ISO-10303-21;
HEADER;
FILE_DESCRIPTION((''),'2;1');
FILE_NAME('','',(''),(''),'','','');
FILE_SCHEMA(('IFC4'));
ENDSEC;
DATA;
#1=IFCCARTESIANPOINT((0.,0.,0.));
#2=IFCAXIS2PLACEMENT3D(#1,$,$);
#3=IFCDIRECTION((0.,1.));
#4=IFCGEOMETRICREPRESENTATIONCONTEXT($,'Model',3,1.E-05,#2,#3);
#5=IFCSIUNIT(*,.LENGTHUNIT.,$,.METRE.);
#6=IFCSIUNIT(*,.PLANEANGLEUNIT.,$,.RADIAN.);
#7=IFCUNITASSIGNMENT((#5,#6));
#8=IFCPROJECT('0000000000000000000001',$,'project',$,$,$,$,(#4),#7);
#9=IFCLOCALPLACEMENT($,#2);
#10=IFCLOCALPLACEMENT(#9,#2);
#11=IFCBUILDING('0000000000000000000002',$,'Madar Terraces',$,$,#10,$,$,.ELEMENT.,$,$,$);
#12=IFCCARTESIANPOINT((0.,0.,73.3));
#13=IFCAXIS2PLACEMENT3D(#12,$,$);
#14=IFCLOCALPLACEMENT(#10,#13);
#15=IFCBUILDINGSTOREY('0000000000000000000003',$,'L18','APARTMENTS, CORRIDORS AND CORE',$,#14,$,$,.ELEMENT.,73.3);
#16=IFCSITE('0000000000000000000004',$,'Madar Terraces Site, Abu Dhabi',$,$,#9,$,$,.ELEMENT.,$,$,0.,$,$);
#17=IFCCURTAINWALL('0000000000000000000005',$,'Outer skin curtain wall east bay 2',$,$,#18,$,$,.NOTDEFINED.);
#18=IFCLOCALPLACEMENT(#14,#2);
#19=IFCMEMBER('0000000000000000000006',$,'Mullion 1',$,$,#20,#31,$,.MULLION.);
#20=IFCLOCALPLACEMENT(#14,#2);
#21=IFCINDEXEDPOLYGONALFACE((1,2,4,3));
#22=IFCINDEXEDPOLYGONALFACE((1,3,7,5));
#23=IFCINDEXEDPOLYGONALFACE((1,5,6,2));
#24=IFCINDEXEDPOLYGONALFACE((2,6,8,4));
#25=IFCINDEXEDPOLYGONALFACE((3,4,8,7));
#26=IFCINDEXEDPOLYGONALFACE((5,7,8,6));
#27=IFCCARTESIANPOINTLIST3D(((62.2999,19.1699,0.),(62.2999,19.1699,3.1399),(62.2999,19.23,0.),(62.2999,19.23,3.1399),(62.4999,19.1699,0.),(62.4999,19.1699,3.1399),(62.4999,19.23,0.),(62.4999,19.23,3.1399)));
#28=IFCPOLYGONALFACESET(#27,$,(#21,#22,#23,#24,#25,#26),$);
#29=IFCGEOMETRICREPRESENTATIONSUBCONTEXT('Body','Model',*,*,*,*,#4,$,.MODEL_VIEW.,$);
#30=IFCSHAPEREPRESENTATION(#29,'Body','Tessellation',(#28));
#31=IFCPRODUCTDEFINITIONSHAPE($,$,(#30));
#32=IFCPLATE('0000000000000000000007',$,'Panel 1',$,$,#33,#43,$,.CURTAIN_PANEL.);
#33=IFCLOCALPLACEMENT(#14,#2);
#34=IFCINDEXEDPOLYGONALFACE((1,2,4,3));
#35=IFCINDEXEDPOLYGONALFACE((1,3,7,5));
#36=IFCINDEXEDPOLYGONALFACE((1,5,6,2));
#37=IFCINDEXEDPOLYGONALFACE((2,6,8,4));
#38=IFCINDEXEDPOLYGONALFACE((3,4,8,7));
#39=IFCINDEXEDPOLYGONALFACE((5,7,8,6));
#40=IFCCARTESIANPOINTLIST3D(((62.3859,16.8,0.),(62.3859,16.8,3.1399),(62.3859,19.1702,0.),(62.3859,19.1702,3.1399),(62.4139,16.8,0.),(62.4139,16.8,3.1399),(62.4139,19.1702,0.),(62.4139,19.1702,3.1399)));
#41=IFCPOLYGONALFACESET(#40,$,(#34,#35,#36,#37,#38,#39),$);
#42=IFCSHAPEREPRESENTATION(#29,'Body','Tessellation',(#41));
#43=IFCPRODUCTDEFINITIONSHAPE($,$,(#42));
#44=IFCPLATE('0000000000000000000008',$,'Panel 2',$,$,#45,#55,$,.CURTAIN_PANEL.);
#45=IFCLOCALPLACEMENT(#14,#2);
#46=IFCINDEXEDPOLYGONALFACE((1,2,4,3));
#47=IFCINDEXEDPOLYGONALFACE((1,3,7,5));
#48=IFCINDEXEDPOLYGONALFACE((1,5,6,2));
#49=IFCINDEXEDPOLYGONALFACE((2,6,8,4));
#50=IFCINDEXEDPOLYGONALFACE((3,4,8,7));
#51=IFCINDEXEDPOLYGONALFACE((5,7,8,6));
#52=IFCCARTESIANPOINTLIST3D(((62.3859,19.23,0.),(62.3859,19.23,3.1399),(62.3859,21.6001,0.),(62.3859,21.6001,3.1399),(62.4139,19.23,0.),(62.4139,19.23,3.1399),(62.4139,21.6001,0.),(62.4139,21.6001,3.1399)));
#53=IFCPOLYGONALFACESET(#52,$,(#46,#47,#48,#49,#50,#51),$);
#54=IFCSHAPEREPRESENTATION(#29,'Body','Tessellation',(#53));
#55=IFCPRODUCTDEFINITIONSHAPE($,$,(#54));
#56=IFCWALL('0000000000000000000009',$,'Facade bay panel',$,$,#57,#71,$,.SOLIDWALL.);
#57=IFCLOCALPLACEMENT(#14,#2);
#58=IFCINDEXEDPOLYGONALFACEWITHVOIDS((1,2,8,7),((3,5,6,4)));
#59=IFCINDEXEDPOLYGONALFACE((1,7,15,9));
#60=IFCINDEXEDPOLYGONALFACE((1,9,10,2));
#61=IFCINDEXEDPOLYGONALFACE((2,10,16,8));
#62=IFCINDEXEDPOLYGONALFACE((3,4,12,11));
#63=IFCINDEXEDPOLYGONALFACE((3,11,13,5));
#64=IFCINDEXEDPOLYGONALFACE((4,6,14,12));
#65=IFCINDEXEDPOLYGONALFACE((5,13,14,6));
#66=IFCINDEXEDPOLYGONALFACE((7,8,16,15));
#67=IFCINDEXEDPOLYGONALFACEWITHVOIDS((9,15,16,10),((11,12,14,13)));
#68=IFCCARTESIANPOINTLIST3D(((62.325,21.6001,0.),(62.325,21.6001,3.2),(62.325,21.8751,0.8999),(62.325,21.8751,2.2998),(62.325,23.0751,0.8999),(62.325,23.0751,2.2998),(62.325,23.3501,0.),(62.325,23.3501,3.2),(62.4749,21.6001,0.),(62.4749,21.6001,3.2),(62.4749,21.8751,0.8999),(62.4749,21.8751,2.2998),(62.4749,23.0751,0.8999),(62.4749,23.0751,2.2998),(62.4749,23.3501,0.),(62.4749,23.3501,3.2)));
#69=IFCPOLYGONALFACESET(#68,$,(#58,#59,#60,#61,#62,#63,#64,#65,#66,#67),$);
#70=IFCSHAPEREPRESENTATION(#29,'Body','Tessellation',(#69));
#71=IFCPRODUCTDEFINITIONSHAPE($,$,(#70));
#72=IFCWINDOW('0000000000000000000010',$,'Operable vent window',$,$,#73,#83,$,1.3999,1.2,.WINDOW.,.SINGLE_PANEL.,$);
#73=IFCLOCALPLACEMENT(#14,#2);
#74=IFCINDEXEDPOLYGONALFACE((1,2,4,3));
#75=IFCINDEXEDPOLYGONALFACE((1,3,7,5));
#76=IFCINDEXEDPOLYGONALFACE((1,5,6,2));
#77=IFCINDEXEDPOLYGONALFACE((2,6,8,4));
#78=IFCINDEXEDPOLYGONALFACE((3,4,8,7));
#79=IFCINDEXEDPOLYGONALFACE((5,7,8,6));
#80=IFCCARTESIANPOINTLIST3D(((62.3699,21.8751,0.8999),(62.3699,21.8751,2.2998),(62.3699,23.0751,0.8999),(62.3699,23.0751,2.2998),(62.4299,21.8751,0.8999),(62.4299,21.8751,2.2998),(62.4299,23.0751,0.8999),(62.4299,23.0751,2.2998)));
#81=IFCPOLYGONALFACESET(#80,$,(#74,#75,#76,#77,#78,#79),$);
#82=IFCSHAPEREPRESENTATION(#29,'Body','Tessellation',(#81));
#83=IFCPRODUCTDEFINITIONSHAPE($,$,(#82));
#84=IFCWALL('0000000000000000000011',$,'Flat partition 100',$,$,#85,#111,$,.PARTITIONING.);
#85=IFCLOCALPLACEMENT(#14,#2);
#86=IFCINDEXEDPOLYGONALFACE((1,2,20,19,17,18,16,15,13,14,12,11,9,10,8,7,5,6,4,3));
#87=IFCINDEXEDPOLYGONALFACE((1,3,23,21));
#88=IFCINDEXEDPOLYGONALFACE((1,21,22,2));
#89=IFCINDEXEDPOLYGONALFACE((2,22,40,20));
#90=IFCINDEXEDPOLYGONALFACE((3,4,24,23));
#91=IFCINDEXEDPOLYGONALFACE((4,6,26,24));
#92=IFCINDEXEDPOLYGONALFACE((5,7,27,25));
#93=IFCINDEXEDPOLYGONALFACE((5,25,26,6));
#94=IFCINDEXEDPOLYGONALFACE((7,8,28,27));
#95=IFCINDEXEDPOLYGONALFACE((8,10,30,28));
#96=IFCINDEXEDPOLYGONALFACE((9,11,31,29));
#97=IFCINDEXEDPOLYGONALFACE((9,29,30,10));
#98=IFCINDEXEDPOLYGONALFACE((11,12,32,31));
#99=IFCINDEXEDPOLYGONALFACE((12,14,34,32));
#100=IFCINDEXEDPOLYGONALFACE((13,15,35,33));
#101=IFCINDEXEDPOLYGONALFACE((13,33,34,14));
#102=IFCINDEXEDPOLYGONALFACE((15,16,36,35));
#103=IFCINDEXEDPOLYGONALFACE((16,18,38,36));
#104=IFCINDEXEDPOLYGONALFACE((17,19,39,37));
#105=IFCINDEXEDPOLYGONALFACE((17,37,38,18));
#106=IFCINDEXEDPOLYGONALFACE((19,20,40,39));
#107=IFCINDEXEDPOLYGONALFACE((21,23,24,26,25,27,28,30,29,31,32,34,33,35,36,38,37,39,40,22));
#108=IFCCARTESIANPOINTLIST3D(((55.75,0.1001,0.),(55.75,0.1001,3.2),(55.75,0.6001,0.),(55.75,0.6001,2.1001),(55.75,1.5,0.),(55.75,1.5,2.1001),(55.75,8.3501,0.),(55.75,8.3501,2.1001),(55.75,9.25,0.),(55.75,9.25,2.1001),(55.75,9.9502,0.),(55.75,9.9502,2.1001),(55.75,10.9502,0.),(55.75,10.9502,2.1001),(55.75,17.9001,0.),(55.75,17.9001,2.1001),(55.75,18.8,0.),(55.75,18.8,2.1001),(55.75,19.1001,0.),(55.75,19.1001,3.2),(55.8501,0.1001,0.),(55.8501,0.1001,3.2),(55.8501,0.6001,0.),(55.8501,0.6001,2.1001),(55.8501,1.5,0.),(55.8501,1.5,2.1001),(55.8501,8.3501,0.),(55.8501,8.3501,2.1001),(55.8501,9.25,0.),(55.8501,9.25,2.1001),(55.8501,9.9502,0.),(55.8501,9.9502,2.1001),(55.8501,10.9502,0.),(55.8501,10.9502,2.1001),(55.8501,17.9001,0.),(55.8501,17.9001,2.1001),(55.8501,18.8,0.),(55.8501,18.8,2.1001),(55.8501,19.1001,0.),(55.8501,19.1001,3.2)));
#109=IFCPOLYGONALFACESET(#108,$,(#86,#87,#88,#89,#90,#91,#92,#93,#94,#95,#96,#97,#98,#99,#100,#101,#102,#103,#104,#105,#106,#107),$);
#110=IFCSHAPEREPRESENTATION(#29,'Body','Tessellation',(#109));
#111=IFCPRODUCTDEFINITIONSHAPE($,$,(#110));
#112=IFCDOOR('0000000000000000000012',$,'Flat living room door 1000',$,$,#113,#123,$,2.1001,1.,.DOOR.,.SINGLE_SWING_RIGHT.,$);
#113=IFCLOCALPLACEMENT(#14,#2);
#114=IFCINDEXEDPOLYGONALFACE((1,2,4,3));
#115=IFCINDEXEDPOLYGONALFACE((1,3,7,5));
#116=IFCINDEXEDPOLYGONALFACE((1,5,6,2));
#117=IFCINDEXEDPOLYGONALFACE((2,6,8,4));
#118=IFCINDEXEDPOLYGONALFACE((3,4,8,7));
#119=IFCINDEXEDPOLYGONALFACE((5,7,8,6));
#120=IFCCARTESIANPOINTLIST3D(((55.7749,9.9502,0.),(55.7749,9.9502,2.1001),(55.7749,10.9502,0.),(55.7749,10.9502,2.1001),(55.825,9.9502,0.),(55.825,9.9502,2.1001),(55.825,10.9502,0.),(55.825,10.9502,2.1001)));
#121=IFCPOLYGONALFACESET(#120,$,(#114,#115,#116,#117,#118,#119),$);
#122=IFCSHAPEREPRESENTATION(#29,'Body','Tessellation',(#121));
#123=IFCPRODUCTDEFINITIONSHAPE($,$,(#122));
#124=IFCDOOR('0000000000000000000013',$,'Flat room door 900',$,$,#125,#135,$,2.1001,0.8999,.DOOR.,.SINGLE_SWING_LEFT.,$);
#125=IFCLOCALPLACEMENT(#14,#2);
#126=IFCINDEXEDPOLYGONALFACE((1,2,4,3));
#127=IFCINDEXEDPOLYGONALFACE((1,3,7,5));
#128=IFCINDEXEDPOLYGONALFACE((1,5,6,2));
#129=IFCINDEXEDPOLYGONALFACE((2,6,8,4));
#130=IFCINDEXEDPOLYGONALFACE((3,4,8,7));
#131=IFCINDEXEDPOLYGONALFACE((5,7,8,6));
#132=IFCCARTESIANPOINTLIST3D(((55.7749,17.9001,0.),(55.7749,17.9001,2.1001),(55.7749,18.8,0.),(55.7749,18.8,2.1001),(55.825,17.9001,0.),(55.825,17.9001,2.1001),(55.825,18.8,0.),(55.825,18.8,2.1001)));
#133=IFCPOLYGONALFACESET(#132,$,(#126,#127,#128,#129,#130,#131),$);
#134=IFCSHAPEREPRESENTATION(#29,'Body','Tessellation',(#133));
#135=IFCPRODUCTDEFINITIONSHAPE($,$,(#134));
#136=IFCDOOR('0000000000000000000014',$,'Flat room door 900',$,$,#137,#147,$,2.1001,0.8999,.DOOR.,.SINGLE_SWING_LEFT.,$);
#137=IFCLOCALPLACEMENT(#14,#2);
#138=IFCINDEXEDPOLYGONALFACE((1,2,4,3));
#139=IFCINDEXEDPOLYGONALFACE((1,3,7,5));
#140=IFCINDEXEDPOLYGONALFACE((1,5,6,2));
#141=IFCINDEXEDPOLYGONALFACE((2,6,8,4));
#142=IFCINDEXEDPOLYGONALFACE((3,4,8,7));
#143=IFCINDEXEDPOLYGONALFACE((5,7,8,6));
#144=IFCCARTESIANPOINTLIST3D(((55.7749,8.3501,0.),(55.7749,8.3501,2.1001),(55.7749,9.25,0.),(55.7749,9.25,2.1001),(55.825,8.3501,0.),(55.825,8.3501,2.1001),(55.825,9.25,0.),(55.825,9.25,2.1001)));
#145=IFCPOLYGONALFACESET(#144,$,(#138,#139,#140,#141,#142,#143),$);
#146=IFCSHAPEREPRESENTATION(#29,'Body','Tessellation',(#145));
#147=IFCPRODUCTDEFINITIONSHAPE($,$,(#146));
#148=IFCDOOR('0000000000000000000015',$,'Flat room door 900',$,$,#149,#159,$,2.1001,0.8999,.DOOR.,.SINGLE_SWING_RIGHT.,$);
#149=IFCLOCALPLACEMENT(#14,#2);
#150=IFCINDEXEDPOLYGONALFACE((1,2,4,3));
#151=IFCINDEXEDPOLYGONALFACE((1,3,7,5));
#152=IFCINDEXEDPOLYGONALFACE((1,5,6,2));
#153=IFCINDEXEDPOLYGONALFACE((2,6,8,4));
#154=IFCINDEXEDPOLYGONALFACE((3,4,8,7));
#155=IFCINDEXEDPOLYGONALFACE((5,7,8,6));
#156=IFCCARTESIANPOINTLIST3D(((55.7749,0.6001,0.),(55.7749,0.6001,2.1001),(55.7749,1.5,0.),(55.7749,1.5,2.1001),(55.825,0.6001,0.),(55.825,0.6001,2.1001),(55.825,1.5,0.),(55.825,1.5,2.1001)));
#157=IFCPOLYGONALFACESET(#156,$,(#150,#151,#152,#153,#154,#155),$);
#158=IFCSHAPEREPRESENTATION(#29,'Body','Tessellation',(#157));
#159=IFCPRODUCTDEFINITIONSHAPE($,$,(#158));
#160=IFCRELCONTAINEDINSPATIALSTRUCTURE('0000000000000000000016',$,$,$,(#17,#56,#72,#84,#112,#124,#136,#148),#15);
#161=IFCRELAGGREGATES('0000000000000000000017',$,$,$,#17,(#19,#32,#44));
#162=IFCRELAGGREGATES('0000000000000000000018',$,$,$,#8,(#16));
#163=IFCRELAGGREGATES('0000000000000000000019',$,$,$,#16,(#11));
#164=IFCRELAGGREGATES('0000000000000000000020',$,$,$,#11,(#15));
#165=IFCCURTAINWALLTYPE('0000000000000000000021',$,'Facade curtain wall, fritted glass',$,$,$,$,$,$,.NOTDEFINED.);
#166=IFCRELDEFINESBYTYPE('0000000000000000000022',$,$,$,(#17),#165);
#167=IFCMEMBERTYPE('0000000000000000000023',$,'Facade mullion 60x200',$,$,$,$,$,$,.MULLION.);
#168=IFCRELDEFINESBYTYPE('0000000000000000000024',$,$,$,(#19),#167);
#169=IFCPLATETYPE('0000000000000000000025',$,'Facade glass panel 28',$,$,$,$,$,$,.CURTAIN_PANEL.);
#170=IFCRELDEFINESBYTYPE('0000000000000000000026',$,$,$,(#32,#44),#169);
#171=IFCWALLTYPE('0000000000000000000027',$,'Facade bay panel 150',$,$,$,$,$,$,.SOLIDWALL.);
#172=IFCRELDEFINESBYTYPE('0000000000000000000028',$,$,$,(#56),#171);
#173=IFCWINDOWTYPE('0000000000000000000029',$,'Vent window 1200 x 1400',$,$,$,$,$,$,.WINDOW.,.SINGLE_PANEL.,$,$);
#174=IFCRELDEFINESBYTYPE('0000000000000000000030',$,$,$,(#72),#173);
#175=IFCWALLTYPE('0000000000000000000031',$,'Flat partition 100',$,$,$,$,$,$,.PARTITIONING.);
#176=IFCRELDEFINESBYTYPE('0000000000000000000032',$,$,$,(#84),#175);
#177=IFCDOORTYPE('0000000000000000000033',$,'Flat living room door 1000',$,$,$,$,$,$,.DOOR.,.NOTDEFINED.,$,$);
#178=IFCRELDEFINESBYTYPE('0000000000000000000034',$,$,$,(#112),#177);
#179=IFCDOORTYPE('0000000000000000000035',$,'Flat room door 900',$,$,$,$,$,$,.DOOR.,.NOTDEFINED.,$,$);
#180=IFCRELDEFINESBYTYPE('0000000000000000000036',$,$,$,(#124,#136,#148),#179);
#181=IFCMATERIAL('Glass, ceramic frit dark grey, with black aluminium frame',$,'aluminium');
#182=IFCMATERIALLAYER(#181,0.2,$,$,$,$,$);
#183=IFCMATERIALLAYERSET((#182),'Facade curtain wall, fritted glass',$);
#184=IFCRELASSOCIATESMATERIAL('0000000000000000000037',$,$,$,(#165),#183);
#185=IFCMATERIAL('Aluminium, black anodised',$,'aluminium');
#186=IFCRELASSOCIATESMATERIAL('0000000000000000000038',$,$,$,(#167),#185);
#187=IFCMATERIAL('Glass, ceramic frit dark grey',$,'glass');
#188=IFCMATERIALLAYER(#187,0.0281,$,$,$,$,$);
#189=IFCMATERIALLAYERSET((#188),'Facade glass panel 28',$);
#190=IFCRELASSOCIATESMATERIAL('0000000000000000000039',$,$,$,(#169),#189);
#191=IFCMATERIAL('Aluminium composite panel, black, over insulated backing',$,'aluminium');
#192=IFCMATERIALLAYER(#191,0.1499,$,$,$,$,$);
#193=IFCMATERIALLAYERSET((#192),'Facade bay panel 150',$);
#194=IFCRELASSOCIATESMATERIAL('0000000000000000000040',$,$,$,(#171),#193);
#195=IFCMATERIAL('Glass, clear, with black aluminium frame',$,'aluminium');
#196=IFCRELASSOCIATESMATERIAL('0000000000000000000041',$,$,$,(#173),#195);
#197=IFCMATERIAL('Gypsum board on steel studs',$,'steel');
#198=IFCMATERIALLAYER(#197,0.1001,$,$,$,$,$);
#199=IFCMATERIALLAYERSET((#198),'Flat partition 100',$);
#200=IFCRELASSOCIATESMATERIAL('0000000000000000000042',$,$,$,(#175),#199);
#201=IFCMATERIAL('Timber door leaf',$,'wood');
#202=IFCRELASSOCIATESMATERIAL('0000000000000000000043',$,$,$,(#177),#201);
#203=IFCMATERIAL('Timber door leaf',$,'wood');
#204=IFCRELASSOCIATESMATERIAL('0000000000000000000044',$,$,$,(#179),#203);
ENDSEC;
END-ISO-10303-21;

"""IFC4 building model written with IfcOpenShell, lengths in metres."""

from ifc_helpers import new_model, si_unit, direction, frame, frame_2d, origin, origin_2d, place, context, subcontext, project, spatial, rectangle, extrude, material, layer, layer_set, material_profile, profile_set, type_object, element, fill, aggregate, save


model = new_model("IFC4")

# Units and contexts
model_context = context("Model", 3, precision=1e-05, world=origin(), true_north=direction((0.0, 1.0)))
body_context = subcontext(model_context, "Body", "Model", "MODEL_VIEW")
ifc_project = project(units=[si_unit("LENGTHUNIT", "METRE"), si_unit("PLANEANGLEUNIT", "RADIAN")], contexts=[model_context])

# Site, building, storey
site_placement = place(None, origin())
site = spatial("IfcSite", under=ifc_project, at=site_placement, Name="Madar Terraces Site, Abu Dhabi", CompositionType="ELEMENT", RefElevation=0.0)
building_placement = place(site_placement, origin())
building = spatial("IfcBuilding", under=site, at=building_placement, Name="Madar Terraces", CompositionType="ELEMENT")
storey_placement = place(building_placement, frame((0.0, 0.0, 73.3)))
storey = spatial("IfcBuildingStorey", under=building, at=storey_placement, Name="L18", Description="APARTMENTS, CORRIDORS AND CORE", CompositionType="ELEMENT", Elevation=73.3)

# Curtain wall, member, plates
ifc_material_1 = material(Name="Glass, ceramic frit dark grey, with black aluminium frame", Category="aluminium")
ifc_layer_1 = layer(ifc_material_1, 0.2)
ifc_layer_set_1 = layer_set([ifc_layer_1], Name="Facade curtain wall, fritted glass")
curtain_wall_type = type_object("IfcCurtainWallType", Name="Facade curtain wall, fritted glass", PredefinedType="NOTDEFINED", material=ifc_layer_set_1)
curtain_wall_placement = place(storey_placement, origin())
curtain_wall = element("IfcCurtainWall", 1, at=curtain_wall_placement, inside=storey, type_object=curtain_wall_type, Name="Outer skin curtain wall east bay 2", PredefinedType="NOTDEFINED")
ifc_material_2 = material(Name="Aluminium, black anodised", Category="aluminium")
ifc_material_profile = material_profile(ifc_material_2, rectangle(XDim=0.2, YDim=0.0601, at=origin_2d()), Name="Facade mullion 60x200")
ifc_profile_set = profile_set([ifc_material_profile], Name="Aluminium, black anodised")
member_type = type_object("IfcMemberType", Name="Facade mullion 60x200", PredefinedType="MULLION", material=ifc_profile_set)
member_placement = place(storey_placement, frame((62.3999, 19.2, 0.0), z_axis=(0.0, 0.0, 1.0), x_axis=(-1.0, 0.0, 0.0)))
member = element("IfcMember", 2, at=member_placement, type_object=member_type, Name="Mullion 1", PredefinedType="MULLION", context=body_context, shape_type="SweptSolid", body=[
    extrude(rectangle(XDim=0.2, YDim=0.0601, at=origin_2d()), origin(), (0.0, 0.0, 1.0), 3.1399),
])
ifc_material_3 = material(Name="Glass, ceramic frit dark grey", Category="glass")
ifc_layer_2 = layer(ifc_material_3, 0.0281)
ifc_layer_set_2 = layer_set([ifc_layer_2], Name="Facade glass panel 28")
plate_type = type_object("IfcPlateType", Name="Facade glass panel 28", PredefinedType="CURTAIN_PANEL", material=ifc_layer_set_2)
plate_1_placement = place(storey_placement, frame((62.3999, 17.9851, 0.0), z_axis=(0.0, 0.0, 1.0), x_axis=(0.0, 1.0, 0.0)))
plate_1 = element("IfcPlate", 3, at=plate_1_placement, type_object=plate_type, Name="Panel 1", PredefinedType="CURTAIN_PANEL", context=body_context, shape_type="SweptSolid", body=[
    extrude(rectangle(XDim=2.3701, YDim=0.0281, at=origin_2d()), origin(), (0.0, 0.0, 1.0), 3.1399),
])
plate_2_placement = place(storey_placement, frame((62.3999, 20.415, 0.0), z_axis=(0.0, 0.0, 1.0), x_axis=(0.0, 1.0, 0.0)))
plate_2 = element("IfcPlate", 4, at=plate_2_placement, type_object=plate_type, Name="Panel 2", PredefinedType="CURTAIN_PANEL", context=body_context, shape_type="SweptSolid", body=[
    extrude(rectangle(XDim=2.3701, YDim=0.0281, at=origin_2d()), origin(), (0.0, 0.0, 1.0), 3.1399),
])
aggregate(curtain_wall, [member, plate_1, plate_2])

# Wall, opening, window
ifc_material_4 = material(Name="Aluminium composite panel, black, over insulated backing", Category="aluminium")
ifc_layer_3 = layer(ifc_material_4, 0.1499)
ifc_layer_set_3 = layer_set([ifc_layer_3], Name="Facade bay panel 150")
wall_type_1 = type_object("IfcWallType", Name="Facade bay panel 150", PredefinedType="SOLIDWALL", material=ifc_layer_set_3)
wall_1_placement = place(storey_placement, frame((62.3999, 21.6001, 0.0), z_axis=(0.0, 0.0, 1.0), x_axis=(0.0, 1.0, 0.0)))
wall_1 = element("IfcWall", 5, at=wall_1_placement, inside=storey, type_object=wall_type_1, Name="Facade bay panel", PredefinedType="SOLIDWALL", context=body_context, shape_type="SweptSolid", body=[
    extrude(rectangle(XDim=1.75, YDim=0.1499, at=frame_2d((0.875, 0.0))), origin(), (0.0, 0.0, 1.0), 3.2),
])
opening_1_placement = place(wall_1_placement, frame((0.2749, 0.0, 0.8999)))
opening_1 = element("IfcOpeningElement", 6, at=opening_1_placement, cuts=wall_1, PredefinedType="OPENING", context=body_context, shape_type="SweptSolid", body=[
    extrude(rectangle(XDim=1.2, YDim=1.3999, at=frame_2d((0.6001, 0.7))), frame((0.0, 0.085, 0.0), z_axis=(0.0, -1.0, 0.0), x_axis=(1.0, 0.0, 0.0)), (0.0, 0.0, 1.0), 0.1699),
])
ifc_material_5 = material(Name="Glass, clear, with black aluminium frame", Category="aluminium")
window_type = type_object("IfcWindowType", Name="Vent window 1200 x 1400", PartitioningType="SINGLE_PANEL", PredefinedType="WINDOW", material=ifc_material_5)
window_placement = place(opening_1_placement, origin())
window = element("IfcWindow", 7, at=window_placement, inside=storey, type_object=window_type, Name="Operable vent window", OverallHeight=1.3999, OverallWidth=1.2, PartitioningType="SINGLE_PANEL", PredefinedType="WINDOW", context=body_context, shape_type="SweptSolid", body=[
    extrude(rectangle(XDim=1.2, YDim=1.3999, at=frame_2d((0.6001, 0.7))), frame((0.0, 0.03, 0.0), z_axis=(0.0, -1.0, 0.0), x_axis=(1.0, 0.0, 0.0)), (0.0, 0.0, 1.0), 0.0601),
])
fill(opening_1, window)

# Wall, openings, doors
ifc_material_6 = material(Name="Gypsum board on steel studs", Category="steel")
ifc_layer_4 = layer(ifc_material_6, 0.1001)
ifc_layer_set_4 = layer_set([ifc_layer_4], Name="Flat partition 100")
wall_type_2 = type_object("IfcWallType", Name="Flat partition 100", PredefinedType="PARTITIONING", material=ifc_layer_set_4)
wall_2_placement = place(storey_placement, frame((55.8, 19.1001, 0.0), z_axis=(0.0, 0.0, 1.0), x_axis=(0.0, -1.0, 0.0)))
wall_2 = element("IfcWall", 8, at=wall_2_placement, inside=storey, type_object=wall_type_2, Name="Flat partition 100", PredefinedType="PARTITIONING", context=body_context, shape_type="SweptSolid", body=[
    extrude(rectangle(XDim=19.0, YDim=0.1001, at=frame_2d((9.5, 0.0))), origin(), (0.0, 0.0, 1.0), 3.2),
])
opening_2_placement = place(wall_2_placement, frame((0.3, 0.0, 0.0)))
opening_2 = element("IfcOpeningElement", 9, at=opening_2_placement, cuts=wall_2, PredefinedType="OPENING", context=body_context, shape_type="SweptSolid", body=[
    extrude(rectangle(XDim=0.8999, YDim=2.1001, at=frame_2d((0.45, 1.05))), frame((0.0, 0.0601, 0.0), z_axis=(0.0, -1.0, 0.0), x_axis=(1.0, 0.0, 0.0)), (0.0, 0.0, 1.0), 0.1201),
])
opening_3_placement = place(wall_2_placement, frame((8.1499, 0.0, 0.0)))
opening_3 = element("IfcOpeningElement", 10, at=opening_3_placement, cuts=wall_2, PredefinedType="OPENING", context=body_context, shape_type="SweptSolid", body=[
    extrude(rectangle(XDim=1.0, YDim=2.1001, at=frame_2d((0.5, 1.05))), frame((0.0, 0.0601, 0.0), z_axis=(0.0, -1.0, 0.0), x_axis=(1.0, 0.0, 0.0)), (0.0, 0.0, 1.0), 0.1201),
])
opening_4_placement = place(wall_2_placement, frame((9.8501, 0.0, 0.0)))
opening_4 = element("IfcOpeningElement", 11, at=opening_4_placement, cuts=wall_2, PredefinedType="OPENING", context=body_context, shape_type="SweptSolid", body=[
    extrude(rectangle(XDim=0.8999, YDim=2.1001, at=frame_2d((0.45, 1.05))), frame((0.0, 0.0601, 0.0), z_axis=(0.0, -1.0, 0.0), x_axis=(1.0, 0.0, 0.0)), (0.0, 0.0, 1.0), 0.1201),
])
opening_5_placement = place(wall_2_placement, frame((17.6001, 0.0, 0.0)))
opening_5 = element("IfcOpeningElement", 12, at=opening_5_placement, cuts=wall_2, PredefinedType="OPENING", context=body_context, shape_type="SweptSolid", body=[
    extrude(rectangle(XDim=0.8999, YDim=2.1001, at=frame_2d((0.45, 1.05))), frame((0.0, 0.0601, 0.0), z_axis=(0.0, -1.0, 0.0), x_axis=(1.0, 0.0, 0.0)), (0.0, 0.0, 1.0), 0.1201),
])
ifc_material_7 = material(Name="Timber door leaf", Category="wood")
door_type_1 = type_object("IfcDoorType", Name="Flat living room door 1000", OperationType="NOTDEFINED", PredefinedType="DOOR", material=ifc_material_7)
door_1_placement = place(opening_3_placement, origin())
door_1 = element("IfcDoor", 13, at=door_1_placement, inside=storey, type_object=door_type_1, Name="Flat living room door 1000", OperationType="SINGLE_SWING_RIGHT", OverallHeight=2.1001, OverallWidth=1.0, PredefinedType="DOOR", context=body_context, shape_type="SweptSolid", body=[
    extrude(rectangle(XDim=1.0, YDim=2.1001, at=frame_2d((0.5, 1.05))), frame((0.0, 0.0249, 0.0), z_axis=(0.0, -1.0, 0.0), x_axis=(1.0, 0.0, 0.0)), (0.0, 0.0, 1.0), 0.05),
])
fill(opening_3, door_1)
ifc_material_8 = material(Name="Timber door leaf", Category="wood")
door_type_2 = type_object("IfcDoorType", Name="Flat room door 900", OperationType="NOTDEFINED", PredefinedType="DOOR", material=ifc_material_8)
door_2_placement = place(opening_2_placement, origin())
door_2 = element("IfcDoor", 14, at=door_2_placement, inside=storey, type_object=door_type_2, Name="Flat room door 900", OperationType="SINGLE_SWING_LEFT", OverallHeight=2.1001, OverallWidth=0.8999, PredefinedType="DOOR", context=body_context, shape_type="SweptSolid", body=[
    extrude(rectangle(XDim=0.8999, YDim=2.1001, at=frame_2d((0.45, 1.05))), frame((0.0, 0.0249, 0.0), z_axis=(0.0, -1.0, 0.0), x_axis=(1.0, 0.0, 0.0)), (0.0, 0.0, 1.0), 0.05),
])
fill(opening_2, door_2)
door_3_placement = place(opening_4_placement, origin())
door_3 = element("IfcDoor", 15, at=door_3_placement, inside=storey, type_object=door_type_2, Name="Flat room door 900", OperationType="SINGLE_SWING_LEFT", OverallHeight=2.1001, OverallWidth=0.8999, PredefinedType="DOOR", context=body_context, shape_type="SweptSolid", body=[
    extrude(rectangle(XDim=0.8999, YDim=2.1001, at=frame_2d((0.45, 1.05))), frame((0.0, 0.0249, 0.0), z_axis=(0.0, -1.0, 0.0), x_axis=(1.0, 0.0, 0.0)), (0.0, 0.0, 1.0), 0.05),
])
fill(opening_4, door_3)
door_4_placement = place(opening_5_placement, origin())
door_4 = element("IfcDoor", 16, at=door_4_placement, inside=storey, type_object=door_type_2, Name="Flat room door 900", OperationType="SINGLE_SWING_RIGHT", OverallHeight=2.1001, OverallWidth=0.8999, PredefinedType="DOOR", context=body_context, shape_type="SweptSolid", body=[
    extrude(rectangle(XDim=0.8999, YDim=2.1001, at=frame_2d((0.45, 1.05))), frame((0.0, 0.0249, 0.0), z_axis=(0.0, -1.0, 0.0), x_axis=(1.0, 0.0, 0.0)), (0.0, 0.0, 1.0), 0.05),
])
fill(opening_5, door_4)

save(model, "model.ifc")
